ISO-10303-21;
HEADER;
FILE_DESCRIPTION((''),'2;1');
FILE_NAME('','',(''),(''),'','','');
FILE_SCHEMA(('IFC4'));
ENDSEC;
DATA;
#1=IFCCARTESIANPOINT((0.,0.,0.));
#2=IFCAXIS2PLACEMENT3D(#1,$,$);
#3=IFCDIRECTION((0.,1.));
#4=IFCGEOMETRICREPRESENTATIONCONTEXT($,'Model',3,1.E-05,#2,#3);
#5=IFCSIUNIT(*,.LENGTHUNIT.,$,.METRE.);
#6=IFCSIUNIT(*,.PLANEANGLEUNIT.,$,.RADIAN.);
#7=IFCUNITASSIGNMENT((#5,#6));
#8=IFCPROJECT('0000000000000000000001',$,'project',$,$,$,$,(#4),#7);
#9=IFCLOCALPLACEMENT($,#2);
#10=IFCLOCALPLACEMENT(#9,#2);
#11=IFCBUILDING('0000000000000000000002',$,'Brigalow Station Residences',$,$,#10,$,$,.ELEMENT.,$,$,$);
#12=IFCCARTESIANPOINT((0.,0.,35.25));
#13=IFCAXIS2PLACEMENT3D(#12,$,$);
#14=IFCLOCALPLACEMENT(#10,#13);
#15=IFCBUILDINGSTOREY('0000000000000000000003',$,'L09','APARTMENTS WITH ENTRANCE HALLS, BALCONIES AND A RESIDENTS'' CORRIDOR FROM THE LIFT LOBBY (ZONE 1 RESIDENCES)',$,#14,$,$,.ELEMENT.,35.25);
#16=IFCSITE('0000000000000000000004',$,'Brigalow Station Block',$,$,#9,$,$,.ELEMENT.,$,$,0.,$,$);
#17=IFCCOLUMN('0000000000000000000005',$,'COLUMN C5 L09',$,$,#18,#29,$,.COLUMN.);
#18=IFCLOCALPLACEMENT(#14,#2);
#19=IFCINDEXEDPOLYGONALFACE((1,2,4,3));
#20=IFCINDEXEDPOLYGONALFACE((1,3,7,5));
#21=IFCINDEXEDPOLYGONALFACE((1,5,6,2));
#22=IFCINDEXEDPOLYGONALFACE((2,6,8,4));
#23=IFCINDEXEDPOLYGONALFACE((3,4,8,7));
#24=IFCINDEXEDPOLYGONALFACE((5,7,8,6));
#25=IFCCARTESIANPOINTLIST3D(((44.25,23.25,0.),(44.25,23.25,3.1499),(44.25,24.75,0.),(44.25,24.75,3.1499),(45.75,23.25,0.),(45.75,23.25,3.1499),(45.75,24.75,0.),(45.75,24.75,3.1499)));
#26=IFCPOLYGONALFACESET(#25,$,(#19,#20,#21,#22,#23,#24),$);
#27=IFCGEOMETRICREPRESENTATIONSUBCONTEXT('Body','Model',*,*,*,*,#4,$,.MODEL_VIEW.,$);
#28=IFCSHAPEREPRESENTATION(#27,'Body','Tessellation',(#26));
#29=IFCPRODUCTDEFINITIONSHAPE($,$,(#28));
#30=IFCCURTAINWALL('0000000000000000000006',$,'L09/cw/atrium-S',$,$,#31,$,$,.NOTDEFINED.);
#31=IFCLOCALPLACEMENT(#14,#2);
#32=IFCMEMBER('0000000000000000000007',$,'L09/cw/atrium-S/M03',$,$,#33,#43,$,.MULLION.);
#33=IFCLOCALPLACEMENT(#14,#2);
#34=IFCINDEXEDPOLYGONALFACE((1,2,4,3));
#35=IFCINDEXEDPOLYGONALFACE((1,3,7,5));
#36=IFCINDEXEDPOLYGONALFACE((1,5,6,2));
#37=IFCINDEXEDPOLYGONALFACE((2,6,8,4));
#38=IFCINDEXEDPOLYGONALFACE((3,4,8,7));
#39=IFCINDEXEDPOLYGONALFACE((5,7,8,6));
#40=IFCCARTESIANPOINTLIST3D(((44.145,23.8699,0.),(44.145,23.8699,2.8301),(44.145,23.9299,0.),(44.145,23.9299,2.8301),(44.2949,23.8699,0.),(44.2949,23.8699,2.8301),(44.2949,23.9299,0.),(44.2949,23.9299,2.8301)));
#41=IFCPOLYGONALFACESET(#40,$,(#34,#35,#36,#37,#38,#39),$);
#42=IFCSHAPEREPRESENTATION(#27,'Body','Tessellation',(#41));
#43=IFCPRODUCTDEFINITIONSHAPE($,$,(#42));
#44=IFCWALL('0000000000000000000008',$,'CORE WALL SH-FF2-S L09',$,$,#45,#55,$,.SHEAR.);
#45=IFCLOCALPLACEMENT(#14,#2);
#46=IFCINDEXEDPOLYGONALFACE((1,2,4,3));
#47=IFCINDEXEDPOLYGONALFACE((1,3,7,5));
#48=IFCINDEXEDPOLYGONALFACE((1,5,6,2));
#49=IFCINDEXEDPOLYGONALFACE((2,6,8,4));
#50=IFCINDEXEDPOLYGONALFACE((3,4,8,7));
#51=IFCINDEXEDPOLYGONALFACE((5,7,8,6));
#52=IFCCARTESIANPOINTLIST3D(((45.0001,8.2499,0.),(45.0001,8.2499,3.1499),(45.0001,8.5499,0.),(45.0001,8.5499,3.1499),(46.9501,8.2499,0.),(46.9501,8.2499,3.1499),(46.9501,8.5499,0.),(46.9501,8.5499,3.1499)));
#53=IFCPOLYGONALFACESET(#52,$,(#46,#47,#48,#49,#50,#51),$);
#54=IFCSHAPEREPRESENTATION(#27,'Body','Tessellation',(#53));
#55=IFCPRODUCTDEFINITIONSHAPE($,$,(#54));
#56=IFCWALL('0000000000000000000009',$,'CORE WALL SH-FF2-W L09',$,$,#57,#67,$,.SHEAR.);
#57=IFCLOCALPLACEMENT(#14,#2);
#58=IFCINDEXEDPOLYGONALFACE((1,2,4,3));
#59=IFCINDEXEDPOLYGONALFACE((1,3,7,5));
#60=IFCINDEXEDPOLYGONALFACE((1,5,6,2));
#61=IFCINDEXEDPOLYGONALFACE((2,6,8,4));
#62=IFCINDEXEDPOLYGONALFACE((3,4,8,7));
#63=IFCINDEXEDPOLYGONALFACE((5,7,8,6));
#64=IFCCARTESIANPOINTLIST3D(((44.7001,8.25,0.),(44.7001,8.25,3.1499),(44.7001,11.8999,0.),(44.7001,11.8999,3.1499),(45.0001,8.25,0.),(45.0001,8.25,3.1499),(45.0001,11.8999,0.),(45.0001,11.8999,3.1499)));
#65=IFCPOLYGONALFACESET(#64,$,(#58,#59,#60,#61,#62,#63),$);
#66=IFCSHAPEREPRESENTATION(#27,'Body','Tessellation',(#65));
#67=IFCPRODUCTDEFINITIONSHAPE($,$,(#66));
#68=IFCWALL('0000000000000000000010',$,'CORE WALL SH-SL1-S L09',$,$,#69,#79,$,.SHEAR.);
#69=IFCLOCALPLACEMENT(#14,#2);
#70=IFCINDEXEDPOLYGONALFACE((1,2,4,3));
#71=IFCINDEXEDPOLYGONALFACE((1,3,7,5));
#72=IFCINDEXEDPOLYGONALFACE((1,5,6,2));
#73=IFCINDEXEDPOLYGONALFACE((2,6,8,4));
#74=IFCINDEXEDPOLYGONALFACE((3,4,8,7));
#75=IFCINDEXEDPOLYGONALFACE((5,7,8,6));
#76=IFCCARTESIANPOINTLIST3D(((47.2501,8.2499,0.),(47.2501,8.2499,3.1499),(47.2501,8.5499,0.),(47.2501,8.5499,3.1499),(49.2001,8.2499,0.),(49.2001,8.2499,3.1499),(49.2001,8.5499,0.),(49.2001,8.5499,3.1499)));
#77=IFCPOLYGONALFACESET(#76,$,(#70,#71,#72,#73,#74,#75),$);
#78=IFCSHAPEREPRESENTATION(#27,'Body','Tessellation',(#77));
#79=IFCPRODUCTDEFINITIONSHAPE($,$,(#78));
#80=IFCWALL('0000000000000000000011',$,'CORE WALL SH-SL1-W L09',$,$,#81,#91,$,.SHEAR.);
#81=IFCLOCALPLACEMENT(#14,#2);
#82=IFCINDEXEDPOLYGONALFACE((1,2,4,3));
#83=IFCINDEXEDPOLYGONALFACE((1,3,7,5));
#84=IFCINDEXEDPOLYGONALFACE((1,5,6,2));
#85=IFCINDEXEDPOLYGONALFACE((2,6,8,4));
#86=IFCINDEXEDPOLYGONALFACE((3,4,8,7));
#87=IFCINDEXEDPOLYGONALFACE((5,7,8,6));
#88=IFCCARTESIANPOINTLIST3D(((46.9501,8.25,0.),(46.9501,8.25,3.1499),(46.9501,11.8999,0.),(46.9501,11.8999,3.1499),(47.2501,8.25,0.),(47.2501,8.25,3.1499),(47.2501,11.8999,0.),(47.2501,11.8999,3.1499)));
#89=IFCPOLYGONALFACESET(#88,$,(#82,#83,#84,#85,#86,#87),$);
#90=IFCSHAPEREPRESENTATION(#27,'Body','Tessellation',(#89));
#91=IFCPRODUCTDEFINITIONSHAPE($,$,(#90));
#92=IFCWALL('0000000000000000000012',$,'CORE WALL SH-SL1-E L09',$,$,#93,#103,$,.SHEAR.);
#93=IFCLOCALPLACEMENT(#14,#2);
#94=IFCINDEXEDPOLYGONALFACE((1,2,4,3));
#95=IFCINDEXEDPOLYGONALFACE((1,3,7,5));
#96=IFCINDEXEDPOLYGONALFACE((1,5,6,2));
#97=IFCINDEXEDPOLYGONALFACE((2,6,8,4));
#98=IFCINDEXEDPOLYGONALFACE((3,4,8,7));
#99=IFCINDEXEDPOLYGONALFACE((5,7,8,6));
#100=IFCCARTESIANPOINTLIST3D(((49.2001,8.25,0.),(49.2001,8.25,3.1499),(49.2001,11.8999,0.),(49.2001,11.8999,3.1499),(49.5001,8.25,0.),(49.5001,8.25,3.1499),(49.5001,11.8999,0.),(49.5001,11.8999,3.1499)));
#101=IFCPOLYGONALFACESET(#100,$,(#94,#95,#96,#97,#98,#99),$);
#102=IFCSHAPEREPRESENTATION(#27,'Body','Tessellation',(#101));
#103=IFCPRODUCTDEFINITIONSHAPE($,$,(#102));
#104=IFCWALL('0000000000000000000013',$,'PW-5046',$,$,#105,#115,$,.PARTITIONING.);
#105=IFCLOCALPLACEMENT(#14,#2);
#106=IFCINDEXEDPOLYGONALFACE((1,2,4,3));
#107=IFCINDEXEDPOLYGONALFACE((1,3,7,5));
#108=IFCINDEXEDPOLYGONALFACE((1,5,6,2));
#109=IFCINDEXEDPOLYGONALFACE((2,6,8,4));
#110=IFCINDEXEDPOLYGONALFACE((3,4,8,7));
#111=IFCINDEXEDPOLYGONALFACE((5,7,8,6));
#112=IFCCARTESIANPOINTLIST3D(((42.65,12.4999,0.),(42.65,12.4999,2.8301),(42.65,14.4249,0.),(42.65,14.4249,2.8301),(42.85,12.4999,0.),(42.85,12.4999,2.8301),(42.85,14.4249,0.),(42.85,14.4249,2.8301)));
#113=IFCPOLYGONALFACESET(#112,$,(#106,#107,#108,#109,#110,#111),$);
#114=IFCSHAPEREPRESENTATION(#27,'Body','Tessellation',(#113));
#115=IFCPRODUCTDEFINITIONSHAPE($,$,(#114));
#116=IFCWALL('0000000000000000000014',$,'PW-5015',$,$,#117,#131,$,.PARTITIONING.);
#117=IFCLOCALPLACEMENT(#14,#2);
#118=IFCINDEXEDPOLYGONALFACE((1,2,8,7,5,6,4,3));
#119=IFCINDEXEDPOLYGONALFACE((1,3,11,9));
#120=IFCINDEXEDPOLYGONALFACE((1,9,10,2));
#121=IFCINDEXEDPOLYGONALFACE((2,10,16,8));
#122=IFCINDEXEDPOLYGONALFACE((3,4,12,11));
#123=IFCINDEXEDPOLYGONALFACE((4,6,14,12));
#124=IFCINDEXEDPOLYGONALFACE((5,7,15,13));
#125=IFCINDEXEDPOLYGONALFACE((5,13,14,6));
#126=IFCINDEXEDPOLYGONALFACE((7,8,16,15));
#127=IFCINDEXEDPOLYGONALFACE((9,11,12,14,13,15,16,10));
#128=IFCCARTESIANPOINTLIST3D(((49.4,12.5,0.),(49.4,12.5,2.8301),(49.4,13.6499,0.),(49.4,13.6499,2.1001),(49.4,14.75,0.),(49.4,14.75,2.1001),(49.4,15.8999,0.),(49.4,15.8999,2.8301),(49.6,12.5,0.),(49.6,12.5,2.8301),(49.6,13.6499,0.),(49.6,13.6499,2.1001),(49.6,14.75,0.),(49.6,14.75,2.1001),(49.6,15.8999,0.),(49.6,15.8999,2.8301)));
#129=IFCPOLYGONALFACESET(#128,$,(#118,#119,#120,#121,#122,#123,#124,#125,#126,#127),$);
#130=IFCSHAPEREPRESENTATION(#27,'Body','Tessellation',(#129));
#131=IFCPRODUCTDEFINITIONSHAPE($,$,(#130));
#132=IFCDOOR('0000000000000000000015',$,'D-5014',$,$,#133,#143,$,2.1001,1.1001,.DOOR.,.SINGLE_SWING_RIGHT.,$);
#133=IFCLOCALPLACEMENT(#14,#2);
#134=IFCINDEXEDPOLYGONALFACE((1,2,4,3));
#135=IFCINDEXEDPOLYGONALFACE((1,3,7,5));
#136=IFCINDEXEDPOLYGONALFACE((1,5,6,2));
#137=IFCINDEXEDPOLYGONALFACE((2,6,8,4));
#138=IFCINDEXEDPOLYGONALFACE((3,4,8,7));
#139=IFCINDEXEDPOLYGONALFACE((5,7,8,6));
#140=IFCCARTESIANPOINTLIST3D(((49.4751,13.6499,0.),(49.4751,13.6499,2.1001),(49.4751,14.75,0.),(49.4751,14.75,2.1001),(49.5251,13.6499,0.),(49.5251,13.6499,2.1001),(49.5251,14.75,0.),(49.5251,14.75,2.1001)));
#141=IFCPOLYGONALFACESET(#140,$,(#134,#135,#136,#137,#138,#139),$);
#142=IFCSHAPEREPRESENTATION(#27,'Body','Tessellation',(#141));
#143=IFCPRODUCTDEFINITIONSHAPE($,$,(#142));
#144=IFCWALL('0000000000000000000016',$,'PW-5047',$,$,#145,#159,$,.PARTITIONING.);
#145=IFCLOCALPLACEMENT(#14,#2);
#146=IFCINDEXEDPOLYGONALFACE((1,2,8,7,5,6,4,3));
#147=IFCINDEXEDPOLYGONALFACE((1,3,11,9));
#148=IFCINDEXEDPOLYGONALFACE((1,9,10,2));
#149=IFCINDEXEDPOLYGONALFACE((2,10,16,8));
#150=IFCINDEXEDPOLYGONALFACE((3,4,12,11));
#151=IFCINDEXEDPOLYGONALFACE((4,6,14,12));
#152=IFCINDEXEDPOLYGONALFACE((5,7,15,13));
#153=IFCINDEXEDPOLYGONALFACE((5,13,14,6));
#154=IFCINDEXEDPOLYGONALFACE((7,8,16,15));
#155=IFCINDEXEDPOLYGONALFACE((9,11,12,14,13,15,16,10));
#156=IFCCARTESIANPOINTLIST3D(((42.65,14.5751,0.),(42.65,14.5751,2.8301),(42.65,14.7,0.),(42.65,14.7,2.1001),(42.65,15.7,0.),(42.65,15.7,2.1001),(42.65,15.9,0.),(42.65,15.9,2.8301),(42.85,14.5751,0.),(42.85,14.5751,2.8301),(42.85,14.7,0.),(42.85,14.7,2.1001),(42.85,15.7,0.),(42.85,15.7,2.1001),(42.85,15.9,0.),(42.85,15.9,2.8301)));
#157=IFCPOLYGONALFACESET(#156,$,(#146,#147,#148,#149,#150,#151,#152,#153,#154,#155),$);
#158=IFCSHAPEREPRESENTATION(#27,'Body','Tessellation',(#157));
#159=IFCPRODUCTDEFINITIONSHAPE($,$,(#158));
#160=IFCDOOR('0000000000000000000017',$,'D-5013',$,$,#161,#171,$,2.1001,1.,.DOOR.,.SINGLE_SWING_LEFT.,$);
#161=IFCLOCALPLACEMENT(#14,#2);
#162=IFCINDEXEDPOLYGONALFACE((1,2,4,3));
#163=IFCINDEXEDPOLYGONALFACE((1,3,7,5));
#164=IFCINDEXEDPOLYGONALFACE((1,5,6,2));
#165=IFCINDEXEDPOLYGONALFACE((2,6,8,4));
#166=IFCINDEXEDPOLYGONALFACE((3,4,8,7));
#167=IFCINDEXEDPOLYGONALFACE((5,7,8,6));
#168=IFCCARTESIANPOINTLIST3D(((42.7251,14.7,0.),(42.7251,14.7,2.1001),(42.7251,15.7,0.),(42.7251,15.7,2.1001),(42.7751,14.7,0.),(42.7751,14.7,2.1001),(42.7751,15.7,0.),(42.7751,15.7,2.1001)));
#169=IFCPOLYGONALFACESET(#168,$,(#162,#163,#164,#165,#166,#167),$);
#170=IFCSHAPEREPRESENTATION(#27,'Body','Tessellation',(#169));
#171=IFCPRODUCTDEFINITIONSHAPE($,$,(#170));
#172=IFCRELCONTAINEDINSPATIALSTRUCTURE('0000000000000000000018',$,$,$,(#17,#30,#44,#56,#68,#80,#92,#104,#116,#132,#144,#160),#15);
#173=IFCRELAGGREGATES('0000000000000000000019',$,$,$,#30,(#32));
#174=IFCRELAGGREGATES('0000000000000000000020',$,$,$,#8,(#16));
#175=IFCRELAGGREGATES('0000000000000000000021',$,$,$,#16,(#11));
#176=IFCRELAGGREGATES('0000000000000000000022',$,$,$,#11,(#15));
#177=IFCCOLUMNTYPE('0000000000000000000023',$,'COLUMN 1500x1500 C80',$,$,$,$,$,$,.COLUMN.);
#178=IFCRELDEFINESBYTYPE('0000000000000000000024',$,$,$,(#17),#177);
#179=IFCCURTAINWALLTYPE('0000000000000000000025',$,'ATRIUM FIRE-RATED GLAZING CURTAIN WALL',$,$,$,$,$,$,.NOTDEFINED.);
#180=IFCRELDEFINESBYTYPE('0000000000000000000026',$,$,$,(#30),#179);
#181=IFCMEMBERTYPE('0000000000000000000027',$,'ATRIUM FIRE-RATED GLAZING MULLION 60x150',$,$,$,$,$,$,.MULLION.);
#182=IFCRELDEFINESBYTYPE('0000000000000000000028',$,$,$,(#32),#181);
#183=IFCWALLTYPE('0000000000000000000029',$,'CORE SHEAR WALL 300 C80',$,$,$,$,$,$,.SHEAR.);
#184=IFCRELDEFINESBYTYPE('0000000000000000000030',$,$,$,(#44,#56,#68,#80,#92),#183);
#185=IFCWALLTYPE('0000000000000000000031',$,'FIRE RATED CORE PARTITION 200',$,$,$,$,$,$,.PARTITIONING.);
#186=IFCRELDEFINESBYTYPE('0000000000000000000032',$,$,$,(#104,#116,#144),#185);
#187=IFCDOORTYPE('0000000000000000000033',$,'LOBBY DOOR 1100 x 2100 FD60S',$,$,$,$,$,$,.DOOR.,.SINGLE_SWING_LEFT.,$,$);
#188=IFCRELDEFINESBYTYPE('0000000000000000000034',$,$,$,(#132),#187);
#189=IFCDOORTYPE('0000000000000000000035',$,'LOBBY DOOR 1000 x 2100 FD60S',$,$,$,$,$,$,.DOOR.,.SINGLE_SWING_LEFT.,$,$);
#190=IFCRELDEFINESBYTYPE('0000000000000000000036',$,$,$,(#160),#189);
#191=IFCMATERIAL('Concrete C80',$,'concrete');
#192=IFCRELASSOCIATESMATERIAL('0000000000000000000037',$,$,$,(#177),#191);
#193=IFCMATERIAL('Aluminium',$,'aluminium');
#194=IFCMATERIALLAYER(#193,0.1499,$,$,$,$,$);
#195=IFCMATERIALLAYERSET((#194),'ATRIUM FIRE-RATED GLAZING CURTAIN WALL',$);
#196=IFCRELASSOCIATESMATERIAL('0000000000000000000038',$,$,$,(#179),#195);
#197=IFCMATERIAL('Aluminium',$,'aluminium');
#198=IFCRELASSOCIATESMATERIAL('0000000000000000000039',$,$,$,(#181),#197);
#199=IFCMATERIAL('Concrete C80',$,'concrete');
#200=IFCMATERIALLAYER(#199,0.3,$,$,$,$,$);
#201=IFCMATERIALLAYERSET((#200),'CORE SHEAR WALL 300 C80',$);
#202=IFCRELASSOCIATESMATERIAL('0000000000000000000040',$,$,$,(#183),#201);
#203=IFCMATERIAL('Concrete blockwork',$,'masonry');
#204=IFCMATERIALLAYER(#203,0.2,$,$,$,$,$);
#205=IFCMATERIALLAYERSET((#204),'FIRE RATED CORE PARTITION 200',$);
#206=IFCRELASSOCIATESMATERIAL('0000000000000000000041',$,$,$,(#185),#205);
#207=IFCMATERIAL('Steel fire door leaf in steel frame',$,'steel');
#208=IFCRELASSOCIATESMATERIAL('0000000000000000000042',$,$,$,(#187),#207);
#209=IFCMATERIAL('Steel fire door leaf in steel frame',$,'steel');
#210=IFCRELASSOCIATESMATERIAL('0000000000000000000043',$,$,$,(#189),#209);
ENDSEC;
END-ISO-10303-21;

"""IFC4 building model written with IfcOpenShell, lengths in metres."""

from ifc_helpers import new_model, si_unit, direction, frame, frame_2d, origin, origin_2d, place, context, subcontext, project, spatial, rectangle, extrude, material, layer, layer_set, material_profile, profile_set, type_object, element, fill, aggregate, save


model = new_model("IFC4")

# Units and contexts
model_context = context("Model", 3, precision=1e-05, world=origin(), true_north=direction((0.0, 1.0)))
body_context = subcontext(model_context, "Body", "Model", "MODEL_VIEW")
ifc_project = project(units=[si_unit("LENGTHUNIT", "METRE"), si_unit("PLANEANGLEUNIT", "RADIAN")], contexts=[model_context])

# Site, building, storey
site_placement = place(None, origin())
site = spatial("IfcSite", under=ifc_project, at=site_placement, Name="Brigalow Station Block", CompositionType="ELEMENT", RefElevation=0.0)
building_placement = place(site_placement, origin())
building = spatial("IfcBuilding", under=site, at=building_placement, Name="Brigalow Station Residences", CompositionType="ELEMENT")
storey_placement = place(building_placement, frame((0.0, 0.0, 35.25)))
storey = spatial("IfcBuildingStorey", under=building, at=storey_placement, Name="L09", Description="APARTMENTS WITH ENTRANCE HALLS, BALCONIES AND A RESIDENTS' CORRIDOR FROM THE LIFT LOBBY (ZONE 1 RESIDENCES)", CompositionType="ELEMENT", Elevation=35.25)

# Column
ifc_material_1 = material(Name="Concrete C80", Category="concrete")
ifc_material_profile_1 = material_profile(ifc_material_1, rectangle(XDim=1.5, YDim=1.5, at=origin_2d()), Name="RC1500x1500")
ifc_profile_set_1 = profile_set([ifc_material_profile_1], Name="Concrete C80")
column_type = type_object("IfcColumnType", Name="COLUMN 1500x1500 C80", PredefinedType="COLUMN", material=ifc_profile_set_1)
column_placement = place(storey_placement, frame((45.0, 24.0, 0.0), z_axis=(0.0, 0.0, 1.0), x_axis=(1.0, 0.0, 0.0)))
element("IfcColumn", 1, at=column_placement, inside=storey, type_object=column_type, Name="COLUMN C5 L09", PredefinedType="COLUMN", context=body_context, shape_type="SweptSolid", body=[
    extrude(rectangle(XDim=1.5, YDim=1.5, at=origin_2d()), origin(), (0.0, 0.0, 1.0), 3.1499),
])

# Curtain wall, member
ifc_material_2 = material(Name="Aluminium", Category="aluminium")
ifc_layer_1 = layer(ifc_material_2, 0.1499)
ifc_layer_set_1 = layer_set([ifc_layer_1], Name="ATRIUM FIRE-RATED GLAZING CURTAIN WALL")
curtain_wall_type = type_object("IfcCurtainWallType", Name="ATRIUM FIRE-RATED GLAZING CURTAIN WALL", PredefinedType="NOTDEFINED", material=ifc_layer_set_1)
curtain_wall_placement = place(storey_placement, origin())
curtain_wall = element("IfcCurtainWall", 2, at=curtain_wall_placement, inside=storey, type_object=curtain_wall_type, Name="L09/cw/atrium-S", PredefinedType="NOTDEFINED")
ifc_material_3 = material(Name="Aluminium", Category="aluminium")
ifc_material_profile_2 = material_profile(ifc_material_3, rectangle(XDim=0.0601, YDim=0.1499, at=origin_2d()), Name="ATRIUM FIRE-RATED GLAZING MULLION 60x150")
ifc_profile_set_2 = profile_set([ifc_material_profile_2], Name="Aluminium")
member_type = type_object("IfcMemberType", Name="ATRIUM FIRE-RATED GLAZING MULLION 60x150", PredefinedType="MULLION", material=ifc_profile_set_2)
member_placement = place(storey_placement, frame((44.22, 23.8999, 0.0), z_axis=(0.0, 0.0, 1.0), x_axis=(0.0, 1.0, 0.0)))
member = element("IfcMember", 3, at=member_placement, type_object=member_type, Name="L09/cw/atrium-S/M03", PredefinedType="MULLION", context=body_context, shape_type="SweptSolid", body=[
    extrude(rectangle(XDim=0.0601, YDim=0.1499, at=origin_2d()), origin(), (0.0, 0.0, 1.0), 2.8301),
])
aggregate(curtain_wall, [member])

# Walls
ifc_material_4 = material(Name="Concrete C80", Category="concrete")
ifc_layer_2 = layer(ifc_material_4, 0.3)
ifc_layer_set_2 = layer_set([ifc_layer_2], Name="CORE SHEAR WALL 300 C80")
wall_type_1 = type_object("IfcWallType", Name="CORE SHEAR WALL 300 C80", PredefinedType="SHEAR", material=ifc_layer_set_2)
wall_1_placement = place(storey_placement, frame((45.0, 8.3999, 0.0), z_axis=(0.0, 0.0, 1.0), x_axis=(1.0, 0.0, 0.0)))
element("IfcWall", 4, at=wall_1_placement, inside=storey, type_object=wall_type_1, Name="CORE WALL SH-FF2-S L09", PredefinedType="SHEAR", context=body_context, shape_type="SweptSolid", body=[
    extrude(rectangle(XDim=1.95, YDim=0.3, at=frame_2d((0.9751, 0.0))), origin(), (0.0, 0.0, 1.0), 3.1499),
])
wall_2_placement = place(storey_placement, frame((44.8501, 8.25, 0.0), z_axis=(0.0, 0.0, 1.0), x_axis=(0.0, 1.0, 0.0)))
element("IfcWall", 5, at=wall_2_placement, inside=storey, type_object=wall_type_1, Name="CORE WALL SH-FF2-W L09", PredefinedType="SHEAR", context=body_context, shape_type="SweptSolid", body=[
    extrude(rectangle(XDim=3.6499, YDim=0.3, at=frame_2d((1.825, 0.0))), origin(), (0.0, 0.0, 1.0), 3.1499),
])
wall_3_placement = place(storey_placement, frame((47.25, 8.3999, 0.0), z_axis=(0.0, 0.0, 1.0), x_axis=(1.0, 0.0, 0.0)))
element("IfcWall", 6, at=wall_3_placement, inside=storey, type_object=wall_type_1, Name="CORE WALL SH-SL1-S L09", PredefinedType="SHEAR", context=body_context, shape_type="SweptSolid", body=[
    extrude(rectangle(XDim=1.95, YDim=0.3, at=frame_2d((0.9751, 0.0))), origin(), (0.0, 0.0, 1.0), 3.1499),
])
for number, where, z_axis, x_axis, name in (
    (7, (47.1001, 8.25, 0.0), (0.0, 0.0, 1.0), (0.0, 1.0, 0.0), "CORE WALL SH-SL1-W L09"),
    (8, (49.3501, 8.25, 0.0), (0.0, 0.0, 1.0), (0.0, 1.0, 0.0), "CORE WALL SH-SL1-E L09"),
):
    element("IfcWall", number, at=place(storey_placement, frame(where, z_axis=z_axis, x_axis=x_axis)), inside=storey, type_object=wall_type_1, Name=name, PredefinedType="SHEAR", context=body_context, shape_type="SweptSolid", body=[
        extrude(rectangle(XDim=3.6499, YDim=0.3, at=frame_2d((1.825, 0.0))), origin(), (0.0, 0.0, 1.0), 3.1499),
    ])
ifc_material_5 = material(Name="Concrete blockwork", Category="masonry")
ifc_layer_3 = layer(ifc_material_5, 0.2)
ifc_layer_set_3 = layer_set([ifc_layer_3], Name="FIRE RATED CORE PARTITION 200")
wall_type_2 = type_object("IfcWallType", Name="FIRE RATED CORE PARTITION 200", PredefinedType="PARTITIONING", material=ifc_layer_set_3)
wall_4_placement = place(storey_placement, frame((42.75, 12.5, 0.0), z_axis=(0.0, 0.0, 1.0), x_axis=(0.0, 1.0, 0.0)))
element("IfcWall", 9, at=wall_4_placement, inside=storey, type_object=wall_type_2, Name="PW-5046", PredefinedType="PARTITIONING", context=body_context, shape_type="SweptSolid", body=[
    extrude(rectangle(XDim=1.925, YDim=0.2, at=frame_2d((0.9624, 0.0))), origin(), (0.0, 0.0, 1.0), 2.8301),
])

# Walls, openings, doors
wall_5_placement = place(storey_placement, frame((49.5, 12.5, 0.0), z_axis=(0.0, 0.0, 1.0), x_axis=(0.0, 1.0, 0.0)))
wall_5 = element("IfcWall", 10, at=wall_5_placement, inside=storey, type_object=wall_type_2, Name="PW-5015", PredefinedType="PARTITIONING", context=body_context, shape_type="SweptSolid", body=[
    extrude(rectangle(XDim=3.3999, YDim=0.2, at=frame_2d((1.7, 0.0))), origin(), (0.0, 0.0, 1.0), 2.8301),
])
opening_1_placement = place(wall_5_placement, frame((1.1499, 0.0, 0.0)))
opening_1 = element("IfcOpeningElement", 11, at=opening_1_placement, cuts=wall_5, PredefinedType="OPENING", context=body_context, shape_type="SweptSolid", body=[
    extrude(rectangle(XDim=1.1001, YDim=2.1001, at=frame_2d((0.55, 1.05))), frame((0.0, 0.1099, 0.0), z_axis=(0.0, -1.0, 0.0), x_axis=(1.0, 0.0, 0.0)), (0.0, 0.0, 1.0), 0.22),
])
ifc_material_6 = material(Name="Steel fire door leaf in steel frame", Category="steel")
door_type_1 = type_object("IfcDoorType", Name="LOBBY DOOR 1100 x 2100 FD60S", OperationType="SINGLE_SWING_LEFT", PredefinedType="DOOR", material=ifc_material_6)
door_1_placement = place(opening_1_placement, origin())
door_1 = element("IfcDoor", 12, at=door_1_placement, inside=storey, type_object=door_type_1, Name="D-5014", OperationType="SINGLE_SWING_RIGHT", OverallHeight=2.1001, OverallWidth=1.1001, PredefinedType="DOOR", context=body_context, shape_type="SweptSolid", body=[
    extrude(rectangle(XDim=1.1001, YDim=2.1001, at=frame_2d((0.55, 1.05))), frame((0.0, 0.0249, 0.0), z_axis=(0.0, -1.0, 0.0), x_axis=(1.0, 0.0, 0.0)), (0.0, 0.0, 1.0), 0.05),
])
fill(opening_1, door_1)
wall_6_placement = place(storey_placement, frame((42.75, 14.575, 0.0), z_axis=(0.0, 0.0, 1.0), x_axis=(0.0, 1.0, 0.0)))
wall_6 = element("IfcWall", 13, at=wall_6_placement, inside=storey, type_object=wall_type_2, Name="PW-5047", PredefinedType="PARTITIONING", context=body_context, shape_type="SweptSolid", body=[
    extrude(rectangle(XDim=1.325, YDim=0.2, at=frame_2d((0.6626, 0.0))), origin(), (0.0, 0.0, 1.0), 2.8301),
])
opening_2_placement = place(wall_6_placement, frame((0.125, 0.0, 0.0)))
opening_2 = element("IfcOpeningElement", 14, at=opening_2_placement, cuts=wall_6, PredefinedType="OPENING", context=body_context, shape_type="SweptSolid", body=[
    extrude(rectangle(XDim=1.0, YDim=2.1001, at=frame_2d((0.5, 1.05))), frame((0.0, 0.1099, 0.0), z_axis=(0.0, -1.0, 0.0), x_axis=(1.0, 0.0, 0.0)), (0.0, 0.0, 1.0), 0.22),
])
ifc_material_7 = material(Name="Steel fire door leaf in steel frame", Category="steel")
door_type_2 = type_object("IfcDoorType", Name="LOBBY DOOR 1000 x 2100 FD60S", OperationType="SINGLE_SWING_LEFT", PredefinedType="DOOR", material=ifc_material_7)
door_2_placement = place(opening_2_placement, origin())
door_2 = element("IfcDoor", 15, at=door_2_placement, inside=storey, type_object=door_type_2, Name="D-5013", OperationType="SINGLE_SWING_LEFT", OverallHeight=2.1001, OverallWidth=1.0, PredefinedType="DOOR", context=body_context, shape_type="SweptSolid", body=[
    extrude(rectangle(XDim=1.0, YDim=2.1001, at=frame_2d((0.5, 1.05))), frame((0.0, 0.0249, 0.0), z_axis=(0.0, -1.0, 0.0), x_axis=(1.0, 0.0, 0.0)), (0.0, 0.0, 1.0), 0.05),
])
fill(opening_2, door_2)

save(model, "model.ifc")
